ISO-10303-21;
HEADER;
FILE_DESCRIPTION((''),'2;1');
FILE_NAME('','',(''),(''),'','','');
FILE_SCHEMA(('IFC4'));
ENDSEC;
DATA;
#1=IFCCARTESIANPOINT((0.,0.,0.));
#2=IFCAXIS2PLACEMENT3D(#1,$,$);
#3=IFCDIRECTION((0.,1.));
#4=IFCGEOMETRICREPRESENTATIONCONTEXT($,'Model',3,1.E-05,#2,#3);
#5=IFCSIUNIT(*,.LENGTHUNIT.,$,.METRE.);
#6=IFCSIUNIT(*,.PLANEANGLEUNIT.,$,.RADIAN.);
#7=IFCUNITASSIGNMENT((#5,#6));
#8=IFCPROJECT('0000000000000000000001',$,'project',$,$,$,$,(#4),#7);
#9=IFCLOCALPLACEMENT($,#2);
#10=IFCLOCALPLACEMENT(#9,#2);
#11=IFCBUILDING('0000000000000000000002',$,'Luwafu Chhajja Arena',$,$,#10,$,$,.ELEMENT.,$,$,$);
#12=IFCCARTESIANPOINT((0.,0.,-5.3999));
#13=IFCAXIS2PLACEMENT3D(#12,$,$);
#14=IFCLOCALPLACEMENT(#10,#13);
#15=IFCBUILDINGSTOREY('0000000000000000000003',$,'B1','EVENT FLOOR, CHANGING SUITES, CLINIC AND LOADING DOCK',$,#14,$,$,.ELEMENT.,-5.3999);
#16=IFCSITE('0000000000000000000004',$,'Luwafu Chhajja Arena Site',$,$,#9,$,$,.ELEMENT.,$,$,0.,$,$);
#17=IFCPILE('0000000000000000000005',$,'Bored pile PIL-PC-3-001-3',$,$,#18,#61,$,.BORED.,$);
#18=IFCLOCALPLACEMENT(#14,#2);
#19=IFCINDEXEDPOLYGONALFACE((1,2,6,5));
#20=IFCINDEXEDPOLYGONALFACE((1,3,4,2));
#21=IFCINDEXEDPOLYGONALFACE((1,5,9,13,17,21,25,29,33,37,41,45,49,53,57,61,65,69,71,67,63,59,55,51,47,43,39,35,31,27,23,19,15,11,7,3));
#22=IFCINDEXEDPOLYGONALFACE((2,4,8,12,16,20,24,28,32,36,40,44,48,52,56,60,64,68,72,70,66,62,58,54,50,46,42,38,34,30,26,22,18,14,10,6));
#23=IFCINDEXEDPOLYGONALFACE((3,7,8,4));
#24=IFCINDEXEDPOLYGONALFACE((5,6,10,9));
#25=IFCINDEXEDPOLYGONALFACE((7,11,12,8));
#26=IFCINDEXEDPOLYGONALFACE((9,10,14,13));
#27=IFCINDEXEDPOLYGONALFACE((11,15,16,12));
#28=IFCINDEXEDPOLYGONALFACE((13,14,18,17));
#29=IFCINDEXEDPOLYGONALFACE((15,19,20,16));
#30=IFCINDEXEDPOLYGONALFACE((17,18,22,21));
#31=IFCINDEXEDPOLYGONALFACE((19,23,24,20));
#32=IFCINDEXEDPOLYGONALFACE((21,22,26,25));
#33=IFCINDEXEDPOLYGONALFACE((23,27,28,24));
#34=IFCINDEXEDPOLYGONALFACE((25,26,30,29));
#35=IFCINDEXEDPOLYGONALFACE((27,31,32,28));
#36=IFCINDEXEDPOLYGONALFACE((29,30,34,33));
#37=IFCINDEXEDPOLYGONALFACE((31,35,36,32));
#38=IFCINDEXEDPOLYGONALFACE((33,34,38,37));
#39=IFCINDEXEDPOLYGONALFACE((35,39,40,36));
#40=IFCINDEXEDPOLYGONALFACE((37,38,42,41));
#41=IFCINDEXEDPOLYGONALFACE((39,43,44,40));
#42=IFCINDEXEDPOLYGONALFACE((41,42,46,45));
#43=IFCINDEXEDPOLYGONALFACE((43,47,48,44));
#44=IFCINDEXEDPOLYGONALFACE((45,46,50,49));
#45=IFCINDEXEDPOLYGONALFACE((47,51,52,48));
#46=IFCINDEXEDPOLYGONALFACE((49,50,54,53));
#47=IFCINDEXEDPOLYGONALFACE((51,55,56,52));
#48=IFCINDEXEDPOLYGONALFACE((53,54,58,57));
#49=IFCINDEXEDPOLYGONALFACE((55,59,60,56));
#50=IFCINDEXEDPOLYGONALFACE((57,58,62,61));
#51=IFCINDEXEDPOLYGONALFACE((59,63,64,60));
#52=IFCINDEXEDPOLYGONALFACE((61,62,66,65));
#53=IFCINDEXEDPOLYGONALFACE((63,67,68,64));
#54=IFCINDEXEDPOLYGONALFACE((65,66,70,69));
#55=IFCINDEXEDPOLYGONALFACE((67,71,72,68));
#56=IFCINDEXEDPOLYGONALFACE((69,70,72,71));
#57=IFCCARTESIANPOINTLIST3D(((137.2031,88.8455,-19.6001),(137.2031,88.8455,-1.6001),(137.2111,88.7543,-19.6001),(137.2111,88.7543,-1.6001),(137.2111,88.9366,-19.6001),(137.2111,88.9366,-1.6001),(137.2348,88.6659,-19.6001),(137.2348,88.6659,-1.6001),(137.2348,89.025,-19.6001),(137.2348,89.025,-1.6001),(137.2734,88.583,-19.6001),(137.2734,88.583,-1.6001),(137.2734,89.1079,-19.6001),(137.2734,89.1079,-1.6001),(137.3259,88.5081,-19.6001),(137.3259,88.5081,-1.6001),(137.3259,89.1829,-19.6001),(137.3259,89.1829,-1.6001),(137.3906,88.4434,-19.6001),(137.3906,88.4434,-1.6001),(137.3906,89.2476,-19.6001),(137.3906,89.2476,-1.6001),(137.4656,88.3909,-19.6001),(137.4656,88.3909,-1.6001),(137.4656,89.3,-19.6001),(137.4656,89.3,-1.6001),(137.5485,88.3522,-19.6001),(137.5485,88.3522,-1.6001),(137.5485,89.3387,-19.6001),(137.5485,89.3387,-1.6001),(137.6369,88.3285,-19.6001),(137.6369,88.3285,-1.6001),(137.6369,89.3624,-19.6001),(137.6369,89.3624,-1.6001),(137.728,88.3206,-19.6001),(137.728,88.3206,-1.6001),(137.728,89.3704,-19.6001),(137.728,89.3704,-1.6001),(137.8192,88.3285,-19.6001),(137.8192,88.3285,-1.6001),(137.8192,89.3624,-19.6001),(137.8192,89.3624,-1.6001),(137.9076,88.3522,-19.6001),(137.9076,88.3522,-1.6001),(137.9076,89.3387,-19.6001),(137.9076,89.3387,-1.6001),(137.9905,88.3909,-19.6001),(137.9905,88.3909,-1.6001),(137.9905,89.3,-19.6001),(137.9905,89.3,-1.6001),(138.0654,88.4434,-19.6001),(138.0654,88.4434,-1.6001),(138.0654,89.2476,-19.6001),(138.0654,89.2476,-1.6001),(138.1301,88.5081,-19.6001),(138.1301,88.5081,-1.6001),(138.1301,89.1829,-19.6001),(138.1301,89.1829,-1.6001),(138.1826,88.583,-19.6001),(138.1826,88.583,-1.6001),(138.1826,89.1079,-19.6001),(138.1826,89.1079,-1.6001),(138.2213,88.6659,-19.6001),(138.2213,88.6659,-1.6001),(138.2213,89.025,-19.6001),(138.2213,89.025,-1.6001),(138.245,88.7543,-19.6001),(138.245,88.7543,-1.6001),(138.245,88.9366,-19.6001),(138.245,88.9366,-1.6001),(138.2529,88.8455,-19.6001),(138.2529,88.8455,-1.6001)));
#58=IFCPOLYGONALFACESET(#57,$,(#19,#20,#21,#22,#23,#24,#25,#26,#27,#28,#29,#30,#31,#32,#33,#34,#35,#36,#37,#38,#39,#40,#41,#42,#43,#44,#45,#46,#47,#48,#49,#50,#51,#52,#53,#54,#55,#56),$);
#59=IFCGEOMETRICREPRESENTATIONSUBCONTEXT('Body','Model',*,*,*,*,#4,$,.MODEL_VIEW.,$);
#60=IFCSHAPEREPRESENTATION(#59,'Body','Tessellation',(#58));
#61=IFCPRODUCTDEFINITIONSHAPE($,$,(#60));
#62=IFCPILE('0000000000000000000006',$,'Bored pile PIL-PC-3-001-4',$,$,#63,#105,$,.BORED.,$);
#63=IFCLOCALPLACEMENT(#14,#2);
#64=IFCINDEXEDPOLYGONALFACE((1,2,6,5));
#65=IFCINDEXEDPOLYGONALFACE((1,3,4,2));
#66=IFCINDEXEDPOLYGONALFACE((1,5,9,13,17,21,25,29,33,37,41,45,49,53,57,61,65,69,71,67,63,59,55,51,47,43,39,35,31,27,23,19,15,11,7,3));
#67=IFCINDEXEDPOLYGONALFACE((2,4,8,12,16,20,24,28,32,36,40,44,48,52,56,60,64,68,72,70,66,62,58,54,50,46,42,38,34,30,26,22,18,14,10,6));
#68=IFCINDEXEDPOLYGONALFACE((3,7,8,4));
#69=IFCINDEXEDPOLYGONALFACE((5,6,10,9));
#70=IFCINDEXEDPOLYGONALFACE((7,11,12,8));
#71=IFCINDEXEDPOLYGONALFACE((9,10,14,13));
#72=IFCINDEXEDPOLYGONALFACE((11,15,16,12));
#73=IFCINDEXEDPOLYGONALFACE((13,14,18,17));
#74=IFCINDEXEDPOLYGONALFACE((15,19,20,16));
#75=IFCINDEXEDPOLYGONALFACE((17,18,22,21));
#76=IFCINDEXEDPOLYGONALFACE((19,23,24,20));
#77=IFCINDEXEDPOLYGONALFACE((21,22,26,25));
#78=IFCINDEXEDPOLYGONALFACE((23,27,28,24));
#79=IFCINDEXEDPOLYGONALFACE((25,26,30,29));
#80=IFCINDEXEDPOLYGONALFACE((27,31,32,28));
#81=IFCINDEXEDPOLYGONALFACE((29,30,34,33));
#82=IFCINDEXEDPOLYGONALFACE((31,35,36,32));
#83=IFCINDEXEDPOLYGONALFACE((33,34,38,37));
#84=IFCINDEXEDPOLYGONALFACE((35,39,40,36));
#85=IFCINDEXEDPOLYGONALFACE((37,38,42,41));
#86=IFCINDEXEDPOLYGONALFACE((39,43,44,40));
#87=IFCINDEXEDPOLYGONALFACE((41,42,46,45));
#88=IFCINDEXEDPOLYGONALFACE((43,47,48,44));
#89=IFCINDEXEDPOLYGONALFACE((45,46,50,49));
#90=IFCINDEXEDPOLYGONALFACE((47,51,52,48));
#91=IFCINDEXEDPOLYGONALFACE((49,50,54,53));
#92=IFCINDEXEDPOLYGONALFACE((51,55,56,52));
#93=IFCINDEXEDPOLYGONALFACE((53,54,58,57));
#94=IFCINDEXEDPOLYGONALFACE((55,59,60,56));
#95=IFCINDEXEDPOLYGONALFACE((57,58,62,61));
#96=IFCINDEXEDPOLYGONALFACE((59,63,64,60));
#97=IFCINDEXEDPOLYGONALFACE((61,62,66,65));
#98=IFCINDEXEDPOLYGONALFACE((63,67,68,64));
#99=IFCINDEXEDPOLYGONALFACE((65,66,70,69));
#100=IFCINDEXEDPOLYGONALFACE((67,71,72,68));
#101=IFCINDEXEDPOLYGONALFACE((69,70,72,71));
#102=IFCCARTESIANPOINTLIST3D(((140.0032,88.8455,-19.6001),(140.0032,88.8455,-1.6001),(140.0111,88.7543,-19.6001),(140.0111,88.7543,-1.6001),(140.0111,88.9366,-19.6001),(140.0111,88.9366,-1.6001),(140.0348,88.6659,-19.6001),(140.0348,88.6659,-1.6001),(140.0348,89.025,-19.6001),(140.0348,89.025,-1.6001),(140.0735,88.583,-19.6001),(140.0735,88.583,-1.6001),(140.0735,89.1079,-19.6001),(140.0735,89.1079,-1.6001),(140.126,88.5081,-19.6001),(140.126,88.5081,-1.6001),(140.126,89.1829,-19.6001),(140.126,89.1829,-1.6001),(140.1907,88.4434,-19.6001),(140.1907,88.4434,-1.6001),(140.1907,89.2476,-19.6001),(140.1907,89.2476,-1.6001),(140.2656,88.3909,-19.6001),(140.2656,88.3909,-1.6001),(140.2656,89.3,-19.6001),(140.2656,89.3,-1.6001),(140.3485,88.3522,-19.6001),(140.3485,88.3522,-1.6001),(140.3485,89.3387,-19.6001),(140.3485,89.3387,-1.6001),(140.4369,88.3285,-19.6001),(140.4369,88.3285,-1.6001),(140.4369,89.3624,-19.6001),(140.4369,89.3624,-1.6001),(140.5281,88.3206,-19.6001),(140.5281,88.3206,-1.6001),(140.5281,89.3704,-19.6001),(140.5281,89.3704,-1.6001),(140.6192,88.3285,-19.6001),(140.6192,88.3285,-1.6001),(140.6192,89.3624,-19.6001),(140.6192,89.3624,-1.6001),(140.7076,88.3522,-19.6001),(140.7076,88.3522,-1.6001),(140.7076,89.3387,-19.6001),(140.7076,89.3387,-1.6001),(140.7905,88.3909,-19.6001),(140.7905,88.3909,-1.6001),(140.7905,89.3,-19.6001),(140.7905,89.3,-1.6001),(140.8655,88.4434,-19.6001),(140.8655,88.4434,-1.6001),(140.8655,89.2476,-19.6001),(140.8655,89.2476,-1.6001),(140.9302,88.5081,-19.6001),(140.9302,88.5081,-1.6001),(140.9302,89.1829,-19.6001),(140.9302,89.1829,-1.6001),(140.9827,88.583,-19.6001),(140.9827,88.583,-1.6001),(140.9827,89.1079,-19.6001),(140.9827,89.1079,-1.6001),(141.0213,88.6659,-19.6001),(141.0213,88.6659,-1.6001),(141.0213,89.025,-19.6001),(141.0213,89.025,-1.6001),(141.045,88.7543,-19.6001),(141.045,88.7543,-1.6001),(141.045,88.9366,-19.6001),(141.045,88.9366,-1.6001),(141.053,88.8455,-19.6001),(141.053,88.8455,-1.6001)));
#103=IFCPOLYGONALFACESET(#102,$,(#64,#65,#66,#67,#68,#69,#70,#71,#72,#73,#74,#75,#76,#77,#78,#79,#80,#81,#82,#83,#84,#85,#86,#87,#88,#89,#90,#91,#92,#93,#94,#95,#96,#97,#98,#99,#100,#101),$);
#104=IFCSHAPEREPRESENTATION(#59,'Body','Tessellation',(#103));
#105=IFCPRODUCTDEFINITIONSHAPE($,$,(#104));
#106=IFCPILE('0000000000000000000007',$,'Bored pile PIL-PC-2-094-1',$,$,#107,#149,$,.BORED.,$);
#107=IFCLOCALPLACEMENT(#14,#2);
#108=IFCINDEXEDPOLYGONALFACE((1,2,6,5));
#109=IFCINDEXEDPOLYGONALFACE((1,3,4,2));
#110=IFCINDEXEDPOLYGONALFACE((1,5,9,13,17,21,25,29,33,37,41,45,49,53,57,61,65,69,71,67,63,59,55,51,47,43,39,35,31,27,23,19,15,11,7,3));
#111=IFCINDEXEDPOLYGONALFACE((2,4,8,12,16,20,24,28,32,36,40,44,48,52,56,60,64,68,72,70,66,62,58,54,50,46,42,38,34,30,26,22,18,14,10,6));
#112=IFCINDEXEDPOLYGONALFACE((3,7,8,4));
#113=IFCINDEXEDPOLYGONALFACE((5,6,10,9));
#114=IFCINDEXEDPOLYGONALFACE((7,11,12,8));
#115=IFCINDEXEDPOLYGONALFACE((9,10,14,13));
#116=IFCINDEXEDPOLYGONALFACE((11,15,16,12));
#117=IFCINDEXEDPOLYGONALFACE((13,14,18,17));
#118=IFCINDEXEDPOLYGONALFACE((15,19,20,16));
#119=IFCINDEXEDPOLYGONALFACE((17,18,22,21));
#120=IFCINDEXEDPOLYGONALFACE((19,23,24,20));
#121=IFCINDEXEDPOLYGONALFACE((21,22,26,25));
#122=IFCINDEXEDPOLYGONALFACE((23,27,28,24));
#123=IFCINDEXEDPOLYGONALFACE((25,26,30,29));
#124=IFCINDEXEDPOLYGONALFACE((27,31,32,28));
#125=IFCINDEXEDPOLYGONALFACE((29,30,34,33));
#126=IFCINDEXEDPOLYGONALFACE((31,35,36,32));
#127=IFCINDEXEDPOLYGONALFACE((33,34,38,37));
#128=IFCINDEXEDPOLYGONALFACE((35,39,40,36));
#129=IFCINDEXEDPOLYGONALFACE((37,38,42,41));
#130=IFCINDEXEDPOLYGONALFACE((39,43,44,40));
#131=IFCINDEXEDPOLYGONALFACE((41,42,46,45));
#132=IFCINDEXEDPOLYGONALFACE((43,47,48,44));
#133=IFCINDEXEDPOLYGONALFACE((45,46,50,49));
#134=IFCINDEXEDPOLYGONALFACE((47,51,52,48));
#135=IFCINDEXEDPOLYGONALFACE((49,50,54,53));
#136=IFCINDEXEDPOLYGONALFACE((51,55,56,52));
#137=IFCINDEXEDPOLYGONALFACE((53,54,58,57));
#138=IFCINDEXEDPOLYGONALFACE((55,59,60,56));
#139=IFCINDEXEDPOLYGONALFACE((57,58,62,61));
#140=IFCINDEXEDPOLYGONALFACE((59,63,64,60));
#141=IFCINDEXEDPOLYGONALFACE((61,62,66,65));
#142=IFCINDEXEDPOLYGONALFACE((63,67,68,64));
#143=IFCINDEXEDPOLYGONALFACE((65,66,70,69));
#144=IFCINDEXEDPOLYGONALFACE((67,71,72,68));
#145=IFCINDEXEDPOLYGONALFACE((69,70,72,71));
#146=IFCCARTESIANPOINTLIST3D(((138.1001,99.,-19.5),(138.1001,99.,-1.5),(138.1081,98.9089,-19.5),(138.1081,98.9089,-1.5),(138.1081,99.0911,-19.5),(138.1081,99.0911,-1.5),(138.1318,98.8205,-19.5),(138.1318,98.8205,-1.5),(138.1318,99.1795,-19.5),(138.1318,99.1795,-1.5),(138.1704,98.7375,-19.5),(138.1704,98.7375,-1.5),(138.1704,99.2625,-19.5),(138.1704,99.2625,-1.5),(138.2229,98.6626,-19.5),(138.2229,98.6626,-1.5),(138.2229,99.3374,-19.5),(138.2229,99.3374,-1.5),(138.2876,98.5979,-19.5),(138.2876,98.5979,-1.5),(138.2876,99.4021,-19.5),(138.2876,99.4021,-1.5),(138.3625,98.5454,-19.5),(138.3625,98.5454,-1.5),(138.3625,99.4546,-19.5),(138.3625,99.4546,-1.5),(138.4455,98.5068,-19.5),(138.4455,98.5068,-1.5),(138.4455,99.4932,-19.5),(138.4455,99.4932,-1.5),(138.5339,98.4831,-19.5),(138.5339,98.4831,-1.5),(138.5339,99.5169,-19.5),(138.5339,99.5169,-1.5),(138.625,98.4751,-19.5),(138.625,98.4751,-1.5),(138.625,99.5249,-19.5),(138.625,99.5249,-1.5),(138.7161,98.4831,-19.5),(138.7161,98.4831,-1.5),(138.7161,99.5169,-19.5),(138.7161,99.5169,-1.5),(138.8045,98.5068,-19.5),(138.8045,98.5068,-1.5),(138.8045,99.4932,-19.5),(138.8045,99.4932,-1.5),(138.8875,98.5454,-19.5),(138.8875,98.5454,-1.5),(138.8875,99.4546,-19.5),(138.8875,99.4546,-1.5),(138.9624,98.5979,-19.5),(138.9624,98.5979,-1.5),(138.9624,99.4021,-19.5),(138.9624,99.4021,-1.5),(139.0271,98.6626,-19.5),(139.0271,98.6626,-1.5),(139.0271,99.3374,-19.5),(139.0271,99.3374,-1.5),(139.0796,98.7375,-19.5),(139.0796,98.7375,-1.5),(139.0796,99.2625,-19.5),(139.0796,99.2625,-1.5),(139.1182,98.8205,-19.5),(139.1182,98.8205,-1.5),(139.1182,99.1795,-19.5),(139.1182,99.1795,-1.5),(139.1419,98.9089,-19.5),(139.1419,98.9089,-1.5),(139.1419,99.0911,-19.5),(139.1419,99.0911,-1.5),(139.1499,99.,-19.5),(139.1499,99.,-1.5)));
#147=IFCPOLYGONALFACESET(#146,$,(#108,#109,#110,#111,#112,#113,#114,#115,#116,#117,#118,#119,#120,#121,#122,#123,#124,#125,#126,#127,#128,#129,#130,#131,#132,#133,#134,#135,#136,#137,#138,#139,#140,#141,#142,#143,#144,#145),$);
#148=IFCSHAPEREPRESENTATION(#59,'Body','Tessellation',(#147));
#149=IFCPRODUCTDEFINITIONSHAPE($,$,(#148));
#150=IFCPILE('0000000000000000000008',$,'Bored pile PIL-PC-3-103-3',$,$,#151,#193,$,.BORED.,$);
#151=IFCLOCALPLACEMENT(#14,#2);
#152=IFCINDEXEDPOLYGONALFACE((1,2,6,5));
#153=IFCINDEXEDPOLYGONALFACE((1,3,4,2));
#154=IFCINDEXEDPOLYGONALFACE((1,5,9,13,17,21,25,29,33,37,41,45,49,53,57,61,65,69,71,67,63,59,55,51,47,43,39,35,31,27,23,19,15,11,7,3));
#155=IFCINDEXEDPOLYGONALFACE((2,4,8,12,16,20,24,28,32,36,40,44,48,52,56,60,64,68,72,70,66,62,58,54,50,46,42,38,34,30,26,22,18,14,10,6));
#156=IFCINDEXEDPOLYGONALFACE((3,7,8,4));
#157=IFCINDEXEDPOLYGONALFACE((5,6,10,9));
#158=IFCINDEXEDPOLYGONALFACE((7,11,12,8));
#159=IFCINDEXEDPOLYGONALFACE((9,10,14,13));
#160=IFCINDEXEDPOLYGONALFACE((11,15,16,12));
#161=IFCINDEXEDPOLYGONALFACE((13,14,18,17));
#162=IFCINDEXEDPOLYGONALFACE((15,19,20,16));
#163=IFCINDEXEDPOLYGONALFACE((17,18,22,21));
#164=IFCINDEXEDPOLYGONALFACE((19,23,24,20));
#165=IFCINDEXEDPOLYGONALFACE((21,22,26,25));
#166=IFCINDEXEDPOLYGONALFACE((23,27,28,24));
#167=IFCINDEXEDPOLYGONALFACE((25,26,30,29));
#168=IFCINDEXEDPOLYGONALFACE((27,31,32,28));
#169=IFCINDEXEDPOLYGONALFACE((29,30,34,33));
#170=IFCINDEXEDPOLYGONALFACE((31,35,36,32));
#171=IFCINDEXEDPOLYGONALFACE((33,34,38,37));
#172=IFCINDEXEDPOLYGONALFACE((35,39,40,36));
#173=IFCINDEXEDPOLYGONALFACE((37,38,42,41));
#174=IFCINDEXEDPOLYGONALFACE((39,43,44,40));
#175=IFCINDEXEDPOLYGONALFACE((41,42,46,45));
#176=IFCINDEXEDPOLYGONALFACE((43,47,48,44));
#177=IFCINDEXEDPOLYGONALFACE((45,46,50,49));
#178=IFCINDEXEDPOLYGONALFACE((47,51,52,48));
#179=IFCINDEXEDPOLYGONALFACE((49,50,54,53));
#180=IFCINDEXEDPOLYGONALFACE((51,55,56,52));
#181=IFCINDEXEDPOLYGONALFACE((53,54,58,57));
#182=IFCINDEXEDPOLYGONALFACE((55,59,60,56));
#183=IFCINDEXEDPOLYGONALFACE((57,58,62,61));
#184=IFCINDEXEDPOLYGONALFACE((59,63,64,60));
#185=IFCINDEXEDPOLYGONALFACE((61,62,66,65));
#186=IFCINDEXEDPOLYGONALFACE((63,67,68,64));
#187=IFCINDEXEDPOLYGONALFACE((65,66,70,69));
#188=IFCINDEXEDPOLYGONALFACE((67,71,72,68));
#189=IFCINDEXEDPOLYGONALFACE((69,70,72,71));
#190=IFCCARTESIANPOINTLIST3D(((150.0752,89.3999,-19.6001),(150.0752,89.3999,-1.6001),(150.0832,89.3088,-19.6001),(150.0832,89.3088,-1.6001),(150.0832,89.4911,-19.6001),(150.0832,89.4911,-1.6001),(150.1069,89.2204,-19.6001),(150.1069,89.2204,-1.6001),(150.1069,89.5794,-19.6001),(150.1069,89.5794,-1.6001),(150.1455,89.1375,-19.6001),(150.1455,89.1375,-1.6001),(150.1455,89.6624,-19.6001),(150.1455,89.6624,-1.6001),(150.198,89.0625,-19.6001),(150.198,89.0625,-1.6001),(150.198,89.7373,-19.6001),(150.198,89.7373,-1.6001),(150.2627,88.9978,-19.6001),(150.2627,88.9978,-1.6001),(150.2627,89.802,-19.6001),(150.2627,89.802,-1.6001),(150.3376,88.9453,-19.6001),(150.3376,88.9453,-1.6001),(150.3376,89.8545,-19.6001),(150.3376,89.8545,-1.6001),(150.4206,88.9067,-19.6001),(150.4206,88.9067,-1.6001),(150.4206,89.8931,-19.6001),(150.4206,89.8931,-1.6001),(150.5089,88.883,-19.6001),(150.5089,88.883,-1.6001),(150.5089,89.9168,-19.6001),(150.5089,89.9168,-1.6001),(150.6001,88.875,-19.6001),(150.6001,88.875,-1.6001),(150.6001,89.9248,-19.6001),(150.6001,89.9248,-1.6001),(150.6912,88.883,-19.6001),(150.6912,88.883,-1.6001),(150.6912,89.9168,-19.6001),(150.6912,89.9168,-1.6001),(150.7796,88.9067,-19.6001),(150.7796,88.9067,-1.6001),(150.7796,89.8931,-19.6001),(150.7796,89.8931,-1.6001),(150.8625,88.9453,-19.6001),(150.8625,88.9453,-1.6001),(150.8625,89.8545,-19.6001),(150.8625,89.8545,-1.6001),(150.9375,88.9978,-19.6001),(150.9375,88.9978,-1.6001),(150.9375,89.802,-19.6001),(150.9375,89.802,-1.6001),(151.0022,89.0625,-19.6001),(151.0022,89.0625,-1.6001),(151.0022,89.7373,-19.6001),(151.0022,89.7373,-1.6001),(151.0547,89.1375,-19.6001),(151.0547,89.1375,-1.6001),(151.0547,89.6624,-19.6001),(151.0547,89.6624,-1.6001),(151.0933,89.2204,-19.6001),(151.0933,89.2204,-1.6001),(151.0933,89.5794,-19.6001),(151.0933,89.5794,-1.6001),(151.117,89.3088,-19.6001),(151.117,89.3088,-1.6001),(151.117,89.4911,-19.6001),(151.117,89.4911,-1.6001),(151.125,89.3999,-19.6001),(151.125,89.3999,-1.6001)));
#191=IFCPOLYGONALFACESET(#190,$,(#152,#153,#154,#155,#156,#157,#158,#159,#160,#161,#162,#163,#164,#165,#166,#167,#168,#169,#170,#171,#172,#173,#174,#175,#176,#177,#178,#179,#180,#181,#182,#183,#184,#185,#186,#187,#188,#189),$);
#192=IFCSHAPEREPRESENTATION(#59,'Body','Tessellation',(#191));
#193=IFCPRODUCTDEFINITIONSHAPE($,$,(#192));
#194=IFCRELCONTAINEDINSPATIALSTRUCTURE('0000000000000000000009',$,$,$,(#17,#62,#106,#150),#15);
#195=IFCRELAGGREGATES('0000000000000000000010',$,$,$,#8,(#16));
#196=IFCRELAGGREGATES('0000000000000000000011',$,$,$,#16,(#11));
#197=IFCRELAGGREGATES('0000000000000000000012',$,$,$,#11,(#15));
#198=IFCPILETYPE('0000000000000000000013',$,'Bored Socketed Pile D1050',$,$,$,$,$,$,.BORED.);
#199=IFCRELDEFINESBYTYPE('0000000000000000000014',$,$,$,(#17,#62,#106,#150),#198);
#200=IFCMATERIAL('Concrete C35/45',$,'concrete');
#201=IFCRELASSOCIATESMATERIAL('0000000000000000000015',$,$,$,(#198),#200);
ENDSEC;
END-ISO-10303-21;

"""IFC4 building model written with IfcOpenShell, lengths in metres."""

from ifc_helpers import new_model, si_unit, direction, frame, origin, origin_2d, place, context, subcontext, project, spatial, circle, extrude, material, material_profile, profile_set, type_object, element, save


model = new_model("IFC4")

# Units and contexts
model_context = context("Model", 3, precision=1e-05, world=origin(), true_north=direction((0.0, 1.0)))
body_context = subcontext(model_context, "Body", "Model", "MODEL_VIEW")
ifc_project = project(units=[si_unit("LENGTHUNIT", "METRE"), si_unit("PLANEANGLEUNIT", "RADIAN")], contexts=[model_context])

# Site, building, storey
site_placement = place(None, origin())
site = spatial("IfcSite", under=ifc_project, at=site_placement, Name="Luwafu Chhajja Arena Site", CompositionType="ELEMENT", RefElevation=0.0)
building_placement = place(site_placement, origin())
building = spatial("IfcBuilding", under=site, at=building_placement, Name="Luwafu Chhajja Arena", CompositionType="ELEMENT")
storey_placement = place(building_placement, frame((0.0, 0.0, -5.3999)))
storey = spatial("IfcBuildingStorey", under=building, at=storey_placement, Name="B1", Description="EVENT FLOOR, CHANGING SUITES, CLINIC AND LOADING DOCK", CompositionType="ELEMENT", Elevation=-5.3999)

# Piles
ifc_material_1 = material(Name="Concrete C35/45", Category="concrete")
ifc_material_profile_1 = material_profile(ifc_material_1, circle(Radius=0.5249, at=origin_2d()), Name="PILE D1050")
ifc_profile_set_1 = profile_set([ifc_material_profile_1], Name="Concrete C35/45")
pile_type_1 = type_object("IfcPileType", Name="Bored Socketed Pile D1050", PredefinedType="BORED", material=ifc_profile_set_1)
for number, where, z_axis, x_axis, name in (
    (1, (137.728, 88.8455, -1.6001), (0.0, 0.0, -1.0), (1.0, 0.0, 0.0), "Bored pile PIL-PC-3-001-3"),
    (2, (140.5281, 88.8455, -1.6001), (0.0, 0.0, -1.0), (1.0, 0.0, 0.0), "Bored pile PIL-PC-3-001-4"),
    (3, (138.625, 99.0, -1.5), (0.0, 0.0, -1.0), (1.0, 0.0, 0.0), "Bored pile PIL-PC-2-094-1"),
    (4, (150.6001, 89.3999, -1.6001), (0.0, 0.0, -1.0), (1.0, 0.0, 0.0), "Bored pile PIL-PC-3-103-3"),
):
    element("IfcPile", number, at=place(storey_placement, frame(where, z_axis=z_axis, x_axis=x_axis)), inside=storey, type_object=pile_type_1, Name=name, PredefinedType="BORED", context=body_context, shape_type="SweptSolid", body=[
        extrude(circle(Radius=0.5249, at=origin_2d()), origin(), (0.0, 0.0, 1.0), 18.0),
    ])

save(model, "model.ifc")
